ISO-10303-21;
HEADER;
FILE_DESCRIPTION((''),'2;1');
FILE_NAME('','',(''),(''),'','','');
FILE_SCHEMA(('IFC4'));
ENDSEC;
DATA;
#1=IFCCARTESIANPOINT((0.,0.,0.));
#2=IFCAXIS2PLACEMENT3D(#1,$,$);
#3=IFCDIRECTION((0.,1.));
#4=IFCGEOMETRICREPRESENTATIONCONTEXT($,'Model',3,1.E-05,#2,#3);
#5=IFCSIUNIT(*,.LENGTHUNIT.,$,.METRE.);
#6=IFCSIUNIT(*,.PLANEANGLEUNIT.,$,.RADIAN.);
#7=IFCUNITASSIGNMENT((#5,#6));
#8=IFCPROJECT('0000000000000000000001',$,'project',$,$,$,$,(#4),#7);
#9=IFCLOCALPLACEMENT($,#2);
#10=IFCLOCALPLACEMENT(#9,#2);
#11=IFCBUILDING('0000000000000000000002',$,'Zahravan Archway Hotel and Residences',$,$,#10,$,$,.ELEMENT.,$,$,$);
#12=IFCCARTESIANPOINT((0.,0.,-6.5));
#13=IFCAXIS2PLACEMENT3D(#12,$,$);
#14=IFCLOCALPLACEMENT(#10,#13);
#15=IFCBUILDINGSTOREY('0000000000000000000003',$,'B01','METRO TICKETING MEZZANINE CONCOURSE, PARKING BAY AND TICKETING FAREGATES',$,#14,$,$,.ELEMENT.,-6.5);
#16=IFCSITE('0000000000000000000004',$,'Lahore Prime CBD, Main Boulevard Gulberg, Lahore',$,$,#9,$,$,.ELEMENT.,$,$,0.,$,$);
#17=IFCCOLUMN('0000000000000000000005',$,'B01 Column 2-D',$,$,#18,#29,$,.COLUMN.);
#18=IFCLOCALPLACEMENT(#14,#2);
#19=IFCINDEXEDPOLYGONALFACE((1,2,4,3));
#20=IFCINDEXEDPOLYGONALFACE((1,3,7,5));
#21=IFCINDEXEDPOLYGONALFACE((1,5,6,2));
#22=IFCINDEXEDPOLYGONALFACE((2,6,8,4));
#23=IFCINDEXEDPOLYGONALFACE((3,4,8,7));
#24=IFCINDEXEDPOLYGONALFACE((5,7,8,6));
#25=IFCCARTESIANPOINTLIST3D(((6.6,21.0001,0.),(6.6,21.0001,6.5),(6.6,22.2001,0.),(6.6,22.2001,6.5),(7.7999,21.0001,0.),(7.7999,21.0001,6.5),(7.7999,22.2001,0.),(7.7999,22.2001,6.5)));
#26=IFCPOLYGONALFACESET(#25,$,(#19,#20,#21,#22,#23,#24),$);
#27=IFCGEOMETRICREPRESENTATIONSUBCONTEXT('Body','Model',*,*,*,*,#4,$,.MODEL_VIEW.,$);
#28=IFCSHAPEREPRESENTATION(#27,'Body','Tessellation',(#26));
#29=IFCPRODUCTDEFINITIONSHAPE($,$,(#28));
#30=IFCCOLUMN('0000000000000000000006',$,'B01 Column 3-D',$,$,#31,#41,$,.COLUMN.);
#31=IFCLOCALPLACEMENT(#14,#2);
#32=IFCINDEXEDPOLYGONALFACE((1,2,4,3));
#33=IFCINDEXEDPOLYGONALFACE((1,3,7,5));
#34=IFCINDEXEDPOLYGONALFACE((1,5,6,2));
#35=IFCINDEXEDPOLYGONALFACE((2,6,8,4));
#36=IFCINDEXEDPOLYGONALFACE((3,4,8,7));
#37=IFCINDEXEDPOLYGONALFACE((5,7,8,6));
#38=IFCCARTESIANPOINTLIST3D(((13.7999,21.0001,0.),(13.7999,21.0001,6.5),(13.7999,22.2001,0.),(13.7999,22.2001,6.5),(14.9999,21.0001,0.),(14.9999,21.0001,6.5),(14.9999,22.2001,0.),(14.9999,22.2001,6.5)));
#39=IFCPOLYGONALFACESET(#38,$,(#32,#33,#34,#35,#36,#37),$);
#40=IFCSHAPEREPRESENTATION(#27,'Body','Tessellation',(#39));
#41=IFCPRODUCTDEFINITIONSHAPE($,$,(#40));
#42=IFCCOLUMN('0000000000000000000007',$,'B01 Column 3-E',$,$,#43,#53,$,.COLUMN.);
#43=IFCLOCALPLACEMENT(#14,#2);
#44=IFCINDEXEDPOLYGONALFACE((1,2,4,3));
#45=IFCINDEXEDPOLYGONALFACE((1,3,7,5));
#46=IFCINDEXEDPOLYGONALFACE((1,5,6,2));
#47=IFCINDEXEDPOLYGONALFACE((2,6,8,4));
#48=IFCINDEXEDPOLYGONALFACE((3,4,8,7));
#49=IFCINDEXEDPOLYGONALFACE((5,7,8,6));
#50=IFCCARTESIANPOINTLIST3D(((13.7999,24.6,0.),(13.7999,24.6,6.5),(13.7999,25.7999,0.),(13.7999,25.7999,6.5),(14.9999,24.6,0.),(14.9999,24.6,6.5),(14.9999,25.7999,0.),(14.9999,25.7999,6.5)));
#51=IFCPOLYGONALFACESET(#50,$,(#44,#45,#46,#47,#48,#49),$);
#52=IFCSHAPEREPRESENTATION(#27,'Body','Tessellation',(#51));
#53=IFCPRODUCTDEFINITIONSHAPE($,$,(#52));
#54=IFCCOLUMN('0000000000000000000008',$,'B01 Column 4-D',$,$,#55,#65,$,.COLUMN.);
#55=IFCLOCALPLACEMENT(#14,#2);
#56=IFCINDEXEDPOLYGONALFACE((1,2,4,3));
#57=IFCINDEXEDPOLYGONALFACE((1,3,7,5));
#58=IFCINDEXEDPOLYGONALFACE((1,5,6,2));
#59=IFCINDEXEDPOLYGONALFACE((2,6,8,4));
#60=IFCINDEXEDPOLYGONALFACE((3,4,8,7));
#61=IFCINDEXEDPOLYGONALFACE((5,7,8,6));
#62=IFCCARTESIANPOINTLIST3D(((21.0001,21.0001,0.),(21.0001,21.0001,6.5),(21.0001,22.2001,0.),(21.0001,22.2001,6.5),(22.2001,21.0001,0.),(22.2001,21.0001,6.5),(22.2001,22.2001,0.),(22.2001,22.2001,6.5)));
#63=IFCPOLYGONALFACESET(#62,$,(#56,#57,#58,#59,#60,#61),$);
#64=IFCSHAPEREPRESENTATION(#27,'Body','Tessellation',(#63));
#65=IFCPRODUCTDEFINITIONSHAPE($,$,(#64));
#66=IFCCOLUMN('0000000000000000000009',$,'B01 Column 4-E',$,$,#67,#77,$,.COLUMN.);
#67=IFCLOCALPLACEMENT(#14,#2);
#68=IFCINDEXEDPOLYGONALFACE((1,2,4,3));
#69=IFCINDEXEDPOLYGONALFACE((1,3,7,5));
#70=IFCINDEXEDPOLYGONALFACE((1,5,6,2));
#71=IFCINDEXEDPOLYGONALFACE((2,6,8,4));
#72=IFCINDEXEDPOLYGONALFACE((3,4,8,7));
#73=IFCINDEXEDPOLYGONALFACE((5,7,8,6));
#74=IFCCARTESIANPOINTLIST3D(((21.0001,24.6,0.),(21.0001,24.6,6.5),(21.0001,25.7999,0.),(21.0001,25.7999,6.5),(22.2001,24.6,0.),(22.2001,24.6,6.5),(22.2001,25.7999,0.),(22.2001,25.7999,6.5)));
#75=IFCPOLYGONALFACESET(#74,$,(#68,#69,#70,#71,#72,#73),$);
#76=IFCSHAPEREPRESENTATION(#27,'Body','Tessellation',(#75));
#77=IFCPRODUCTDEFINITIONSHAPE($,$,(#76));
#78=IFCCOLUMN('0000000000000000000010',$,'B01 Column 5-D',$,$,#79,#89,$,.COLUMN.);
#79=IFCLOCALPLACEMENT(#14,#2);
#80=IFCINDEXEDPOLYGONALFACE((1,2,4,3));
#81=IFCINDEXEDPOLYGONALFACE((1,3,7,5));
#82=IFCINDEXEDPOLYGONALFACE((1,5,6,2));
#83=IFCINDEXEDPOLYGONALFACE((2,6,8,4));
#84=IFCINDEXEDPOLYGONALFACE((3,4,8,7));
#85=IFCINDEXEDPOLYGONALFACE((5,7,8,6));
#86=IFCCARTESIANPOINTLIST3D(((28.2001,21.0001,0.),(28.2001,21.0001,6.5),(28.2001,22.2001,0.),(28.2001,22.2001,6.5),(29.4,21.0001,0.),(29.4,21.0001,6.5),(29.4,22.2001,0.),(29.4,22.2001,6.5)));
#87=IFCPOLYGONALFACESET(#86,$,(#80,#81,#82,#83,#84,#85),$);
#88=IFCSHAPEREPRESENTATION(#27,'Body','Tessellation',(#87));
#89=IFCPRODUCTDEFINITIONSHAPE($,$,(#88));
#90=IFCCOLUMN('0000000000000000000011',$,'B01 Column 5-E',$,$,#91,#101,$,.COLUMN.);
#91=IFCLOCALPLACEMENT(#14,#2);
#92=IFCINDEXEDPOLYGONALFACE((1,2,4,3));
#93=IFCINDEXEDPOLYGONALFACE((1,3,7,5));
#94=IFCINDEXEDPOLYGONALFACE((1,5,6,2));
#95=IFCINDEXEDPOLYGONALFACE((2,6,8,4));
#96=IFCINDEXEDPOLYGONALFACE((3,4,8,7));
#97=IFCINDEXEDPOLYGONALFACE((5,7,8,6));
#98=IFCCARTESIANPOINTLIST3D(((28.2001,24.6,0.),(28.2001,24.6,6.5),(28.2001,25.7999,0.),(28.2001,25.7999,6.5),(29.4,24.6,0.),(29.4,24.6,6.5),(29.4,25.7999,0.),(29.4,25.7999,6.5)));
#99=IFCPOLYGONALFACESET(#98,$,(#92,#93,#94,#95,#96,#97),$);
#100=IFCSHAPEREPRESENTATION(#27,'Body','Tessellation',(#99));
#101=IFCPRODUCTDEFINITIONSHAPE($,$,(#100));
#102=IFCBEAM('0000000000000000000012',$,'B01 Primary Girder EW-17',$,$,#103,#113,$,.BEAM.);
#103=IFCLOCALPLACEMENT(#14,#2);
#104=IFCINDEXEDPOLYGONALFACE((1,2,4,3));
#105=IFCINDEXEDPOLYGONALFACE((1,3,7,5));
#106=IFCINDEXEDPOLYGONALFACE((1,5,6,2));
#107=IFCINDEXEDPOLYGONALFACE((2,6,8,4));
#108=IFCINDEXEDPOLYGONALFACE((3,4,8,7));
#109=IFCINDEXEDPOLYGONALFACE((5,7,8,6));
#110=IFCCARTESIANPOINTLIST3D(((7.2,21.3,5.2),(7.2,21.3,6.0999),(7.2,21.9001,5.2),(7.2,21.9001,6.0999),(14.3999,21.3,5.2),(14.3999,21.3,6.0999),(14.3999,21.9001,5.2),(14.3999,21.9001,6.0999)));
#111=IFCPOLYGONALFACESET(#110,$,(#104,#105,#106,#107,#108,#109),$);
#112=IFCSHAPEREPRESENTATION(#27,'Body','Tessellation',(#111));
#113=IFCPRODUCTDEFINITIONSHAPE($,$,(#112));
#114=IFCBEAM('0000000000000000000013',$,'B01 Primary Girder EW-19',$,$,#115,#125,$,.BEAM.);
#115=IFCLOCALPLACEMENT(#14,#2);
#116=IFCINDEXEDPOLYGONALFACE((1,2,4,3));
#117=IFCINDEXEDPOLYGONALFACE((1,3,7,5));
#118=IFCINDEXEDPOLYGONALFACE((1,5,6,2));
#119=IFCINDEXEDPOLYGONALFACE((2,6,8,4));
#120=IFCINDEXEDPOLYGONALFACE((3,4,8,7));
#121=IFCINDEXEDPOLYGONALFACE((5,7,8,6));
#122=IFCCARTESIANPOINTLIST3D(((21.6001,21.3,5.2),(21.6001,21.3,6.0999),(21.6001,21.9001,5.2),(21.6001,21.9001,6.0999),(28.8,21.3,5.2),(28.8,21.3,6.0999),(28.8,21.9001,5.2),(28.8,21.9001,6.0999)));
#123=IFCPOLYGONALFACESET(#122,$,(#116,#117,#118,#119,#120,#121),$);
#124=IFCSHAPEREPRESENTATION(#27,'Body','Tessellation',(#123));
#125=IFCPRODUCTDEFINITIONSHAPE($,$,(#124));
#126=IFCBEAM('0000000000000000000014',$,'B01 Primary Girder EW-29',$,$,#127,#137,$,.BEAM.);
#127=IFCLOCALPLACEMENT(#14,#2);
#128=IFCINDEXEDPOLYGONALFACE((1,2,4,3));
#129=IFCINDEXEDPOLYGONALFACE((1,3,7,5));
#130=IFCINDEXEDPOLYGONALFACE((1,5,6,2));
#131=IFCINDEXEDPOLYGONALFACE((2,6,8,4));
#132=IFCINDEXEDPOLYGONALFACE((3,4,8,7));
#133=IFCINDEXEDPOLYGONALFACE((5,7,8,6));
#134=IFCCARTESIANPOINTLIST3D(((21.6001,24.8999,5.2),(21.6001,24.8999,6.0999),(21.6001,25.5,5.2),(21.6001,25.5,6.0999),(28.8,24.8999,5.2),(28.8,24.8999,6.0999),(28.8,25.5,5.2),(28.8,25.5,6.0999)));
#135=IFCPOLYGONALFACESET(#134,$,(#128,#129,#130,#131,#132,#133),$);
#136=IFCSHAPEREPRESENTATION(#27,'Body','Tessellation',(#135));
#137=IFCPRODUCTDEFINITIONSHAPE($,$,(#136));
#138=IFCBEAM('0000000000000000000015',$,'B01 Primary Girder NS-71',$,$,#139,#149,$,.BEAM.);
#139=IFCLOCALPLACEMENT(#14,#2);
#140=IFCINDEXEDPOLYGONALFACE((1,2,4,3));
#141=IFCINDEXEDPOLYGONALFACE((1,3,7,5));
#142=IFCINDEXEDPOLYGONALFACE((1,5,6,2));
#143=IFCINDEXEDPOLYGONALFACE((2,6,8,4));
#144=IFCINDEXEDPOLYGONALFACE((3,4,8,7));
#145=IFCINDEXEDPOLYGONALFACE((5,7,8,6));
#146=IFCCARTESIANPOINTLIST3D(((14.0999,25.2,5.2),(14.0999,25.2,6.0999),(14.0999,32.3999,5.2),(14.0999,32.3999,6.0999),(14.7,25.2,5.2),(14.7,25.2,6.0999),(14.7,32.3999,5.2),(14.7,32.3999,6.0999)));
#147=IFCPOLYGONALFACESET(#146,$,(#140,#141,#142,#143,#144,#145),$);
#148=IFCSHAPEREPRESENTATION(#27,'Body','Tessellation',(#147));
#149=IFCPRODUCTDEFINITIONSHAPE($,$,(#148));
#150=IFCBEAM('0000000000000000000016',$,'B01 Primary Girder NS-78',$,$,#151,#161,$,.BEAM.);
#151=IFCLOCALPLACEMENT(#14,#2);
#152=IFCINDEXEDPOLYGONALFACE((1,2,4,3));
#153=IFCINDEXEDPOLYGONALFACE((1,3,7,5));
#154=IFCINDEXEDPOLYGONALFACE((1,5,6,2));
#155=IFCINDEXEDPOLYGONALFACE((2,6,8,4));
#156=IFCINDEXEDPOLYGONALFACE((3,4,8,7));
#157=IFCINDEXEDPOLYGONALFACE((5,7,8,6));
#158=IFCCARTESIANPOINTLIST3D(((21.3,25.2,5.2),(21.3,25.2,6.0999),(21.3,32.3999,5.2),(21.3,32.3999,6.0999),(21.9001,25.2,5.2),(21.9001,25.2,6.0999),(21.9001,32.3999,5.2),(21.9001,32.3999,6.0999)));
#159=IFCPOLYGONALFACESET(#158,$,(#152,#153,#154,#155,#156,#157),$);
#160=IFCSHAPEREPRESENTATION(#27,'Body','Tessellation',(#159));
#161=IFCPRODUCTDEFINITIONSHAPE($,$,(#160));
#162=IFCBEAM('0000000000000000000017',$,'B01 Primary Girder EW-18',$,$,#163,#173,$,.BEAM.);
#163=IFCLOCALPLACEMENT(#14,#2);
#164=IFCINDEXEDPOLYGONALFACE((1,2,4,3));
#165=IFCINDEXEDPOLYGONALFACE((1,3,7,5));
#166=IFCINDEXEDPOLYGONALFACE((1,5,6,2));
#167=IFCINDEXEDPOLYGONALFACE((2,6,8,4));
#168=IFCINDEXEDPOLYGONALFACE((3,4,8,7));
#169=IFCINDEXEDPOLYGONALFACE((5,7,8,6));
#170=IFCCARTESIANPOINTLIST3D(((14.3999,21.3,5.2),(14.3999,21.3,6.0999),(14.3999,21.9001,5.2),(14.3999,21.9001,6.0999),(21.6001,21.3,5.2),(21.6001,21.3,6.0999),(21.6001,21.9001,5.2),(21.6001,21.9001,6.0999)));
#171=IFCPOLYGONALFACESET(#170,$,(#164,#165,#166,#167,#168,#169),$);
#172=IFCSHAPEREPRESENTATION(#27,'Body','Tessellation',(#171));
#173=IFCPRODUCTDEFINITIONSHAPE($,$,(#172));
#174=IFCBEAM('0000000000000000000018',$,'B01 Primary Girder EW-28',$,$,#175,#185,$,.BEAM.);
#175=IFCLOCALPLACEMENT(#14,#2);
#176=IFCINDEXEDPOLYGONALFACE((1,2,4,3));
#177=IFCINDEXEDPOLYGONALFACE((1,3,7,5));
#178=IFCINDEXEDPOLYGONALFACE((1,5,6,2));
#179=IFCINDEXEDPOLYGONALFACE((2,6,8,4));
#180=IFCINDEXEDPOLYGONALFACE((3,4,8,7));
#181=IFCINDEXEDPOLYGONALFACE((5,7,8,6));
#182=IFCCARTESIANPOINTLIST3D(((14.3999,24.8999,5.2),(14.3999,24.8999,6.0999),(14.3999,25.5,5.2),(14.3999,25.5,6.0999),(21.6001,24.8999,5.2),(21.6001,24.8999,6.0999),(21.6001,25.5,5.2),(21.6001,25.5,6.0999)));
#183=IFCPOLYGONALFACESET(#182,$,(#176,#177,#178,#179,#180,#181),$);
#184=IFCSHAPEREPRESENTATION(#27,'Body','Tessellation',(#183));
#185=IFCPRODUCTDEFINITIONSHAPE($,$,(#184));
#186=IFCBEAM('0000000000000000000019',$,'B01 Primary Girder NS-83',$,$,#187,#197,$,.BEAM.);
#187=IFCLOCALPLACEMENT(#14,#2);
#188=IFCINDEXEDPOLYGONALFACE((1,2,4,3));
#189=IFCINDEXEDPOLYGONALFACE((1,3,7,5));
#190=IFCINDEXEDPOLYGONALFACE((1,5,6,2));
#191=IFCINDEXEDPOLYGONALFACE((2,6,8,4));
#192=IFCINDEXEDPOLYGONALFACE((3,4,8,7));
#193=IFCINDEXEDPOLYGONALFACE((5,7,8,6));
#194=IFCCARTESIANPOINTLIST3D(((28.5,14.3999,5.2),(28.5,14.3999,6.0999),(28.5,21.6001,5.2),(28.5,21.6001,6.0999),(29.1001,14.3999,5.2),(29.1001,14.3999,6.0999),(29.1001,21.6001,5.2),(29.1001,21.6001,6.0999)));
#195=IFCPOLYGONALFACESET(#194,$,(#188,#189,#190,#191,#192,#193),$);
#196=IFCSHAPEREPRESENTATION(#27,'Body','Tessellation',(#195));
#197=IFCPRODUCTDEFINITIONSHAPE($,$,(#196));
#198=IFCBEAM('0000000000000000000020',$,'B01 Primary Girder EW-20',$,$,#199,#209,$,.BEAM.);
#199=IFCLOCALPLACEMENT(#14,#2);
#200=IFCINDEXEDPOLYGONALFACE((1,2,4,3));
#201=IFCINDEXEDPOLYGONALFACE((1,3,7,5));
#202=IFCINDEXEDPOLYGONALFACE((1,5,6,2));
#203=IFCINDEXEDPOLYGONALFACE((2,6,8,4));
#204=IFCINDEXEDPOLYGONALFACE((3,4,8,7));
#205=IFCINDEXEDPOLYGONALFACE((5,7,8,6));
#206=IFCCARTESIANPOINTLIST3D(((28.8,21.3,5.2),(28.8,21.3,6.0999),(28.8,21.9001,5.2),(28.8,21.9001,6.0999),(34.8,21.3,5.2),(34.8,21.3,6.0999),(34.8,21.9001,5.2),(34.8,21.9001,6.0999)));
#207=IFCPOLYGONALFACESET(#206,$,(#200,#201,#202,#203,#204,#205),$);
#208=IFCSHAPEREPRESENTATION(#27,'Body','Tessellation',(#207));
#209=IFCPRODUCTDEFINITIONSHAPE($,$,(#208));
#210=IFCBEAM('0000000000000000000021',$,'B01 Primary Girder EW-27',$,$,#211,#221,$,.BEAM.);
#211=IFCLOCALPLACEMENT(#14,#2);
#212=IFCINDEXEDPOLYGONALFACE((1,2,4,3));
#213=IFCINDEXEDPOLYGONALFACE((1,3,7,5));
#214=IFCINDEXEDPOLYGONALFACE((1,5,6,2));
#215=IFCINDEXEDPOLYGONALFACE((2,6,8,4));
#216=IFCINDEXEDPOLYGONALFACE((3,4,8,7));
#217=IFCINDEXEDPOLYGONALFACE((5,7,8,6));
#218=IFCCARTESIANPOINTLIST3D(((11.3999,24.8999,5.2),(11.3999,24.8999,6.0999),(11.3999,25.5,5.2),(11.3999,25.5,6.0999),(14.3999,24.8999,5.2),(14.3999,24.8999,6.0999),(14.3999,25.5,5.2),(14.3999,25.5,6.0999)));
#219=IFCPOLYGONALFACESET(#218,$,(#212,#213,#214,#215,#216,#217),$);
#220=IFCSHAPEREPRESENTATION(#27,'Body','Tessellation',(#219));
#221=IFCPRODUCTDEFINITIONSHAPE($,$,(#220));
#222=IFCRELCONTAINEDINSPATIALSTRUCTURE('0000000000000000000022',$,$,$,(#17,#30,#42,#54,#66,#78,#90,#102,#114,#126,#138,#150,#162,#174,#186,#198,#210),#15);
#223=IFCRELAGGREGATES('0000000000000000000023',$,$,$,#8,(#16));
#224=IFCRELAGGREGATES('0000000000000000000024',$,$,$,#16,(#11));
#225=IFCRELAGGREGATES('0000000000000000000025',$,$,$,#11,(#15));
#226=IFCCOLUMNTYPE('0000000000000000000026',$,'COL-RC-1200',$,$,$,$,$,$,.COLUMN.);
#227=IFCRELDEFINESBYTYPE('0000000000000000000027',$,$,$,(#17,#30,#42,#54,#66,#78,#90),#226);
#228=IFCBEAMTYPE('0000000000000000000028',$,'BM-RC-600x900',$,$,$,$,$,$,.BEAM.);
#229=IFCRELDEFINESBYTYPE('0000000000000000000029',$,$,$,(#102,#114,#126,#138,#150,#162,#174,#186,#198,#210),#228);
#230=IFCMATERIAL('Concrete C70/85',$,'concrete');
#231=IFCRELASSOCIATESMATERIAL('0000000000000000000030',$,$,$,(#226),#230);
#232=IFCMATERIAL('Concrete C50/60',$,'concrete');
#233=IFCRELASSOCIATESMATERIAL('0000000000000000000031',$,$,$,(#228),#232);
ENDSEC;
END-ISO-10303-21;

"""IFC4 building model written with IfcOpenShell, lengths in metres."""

from ifc_helpers import new_model, si_unit, direction, frame, origin, origin_2d, place, context, subcontext, project, spatial, rectangle, extrude, source, transform, mapped, material, material_profile, profile_set, type_object, element, save


model = new_model("IFC4")

# Units and contexts
model_context = context("Model", 3, precision=1e-05, world=origin(), true_north=direction((0.0, 1.0)))
body_context = subcontext(model_context, "Body", "Model", "MODEL_VIEW")
ifc_project = project(units=[si_unit("LENGTHUNIT", "METRE"), si_unit("PLANEANGLEUNIT", "RADIAN")], contexts=[model_context])

# Site, building, storey
site_placement = place(None, origin())
site = spatial("IfcSite", under=ifc_project, at=site_placement, Name="Lahore Prime CBD, Main Boulevard Gulberg, Lahore", CompositionType="ELEMENT", RefElevation=0.0)
building_placement = place(site_placement, origin())
building = spatial("IfcBuilding", under=site, at=building_placement, Name="Zahravan Archway Hotel and Residences", CompositionType="ELEMENT")
storey_placement = place(building_placement, frame((0.0, 0.0, -6.5)))
storey = spatial("IfcBuildingStorey", under=building, at=storey_placement, Name="B01", Description="METRO TICKETING MEZZANINE CONCOURSE, PARKING BAY AND TICKETING FAREGATES", CompositionType="ELEMENT", Elevation=-6.5)

# Columns
ifc_material_1 = material(Name="Concrete C70/85", Category="concrete")
ifc_material_profile_1 = material_profile(ifc_material_1, rectangle(XDim=1.2, YDim=1.2, at=origin_2d()), Name="RC-COL-1200x1200", Category="concrete")
ifc_profile_set_1 = profile_set([ifc_material_profile_1], Name="Concrete C70/85")
column_type = type_object("IfcColumnType", Name="COL-RC-1200", PredefinedType="COLUMN", material=ifc_profile_set_1)
shared_shape_1 = source(origin(), body_context, "Body", "SweptSolid", [
    extrude(rectangle(XDim=1.2, YDim=1.2, at=origin_2d()), origin(), (0.0, 0.0, 1.0), 6.5),
])
for number, where, z_axis, x_axis, name in (
    (1, (7.2, 21.6001, 0.0), (0.0, 0.0, 1.0), (1.0, 0.0, 0.0), "B01 Column 2-D"),
    (2, (14.3999, 21.6001, 0.0), (0.0, 0.0, 1.0), (1.0, 0.0, 0.0), "B01 Column 3-D"),
    (3, (14.3999, 25.2, 0.0), (0.0, 0.0, 1.0), (1.0, 0.0, 0.0), "B01 Column 3-E"),
    (4, (21.6001, 21.6001, 0.0), (0.0, 0.0, 1.0), (1.0, 0.0, 0.0), "B01 Column 4-D"),
    (5, (21.6001, 25.2, 0.0), (0.0, 0.0, 1.0), (1.0, 0.0, 0.0), "B01 Column 4-E"),
    (6, (28.8, 21.6001, 0.0), (0.0, 0.0, 1.0), (1.0, 0.0, 0.0), "B01 Column 5-D"),
    (7, (28.8, 25.2, 0.0), (0.0, 0.0, 1.0), (1.0, 0.0, 0.0), "B01 Column 5-E"),
):
    element("IfcColumn", number, at=place(storey_placement, frame(where, z_axis=z_axis, x_axis=x_axis)), inside=storey, type_object=column_type, Name=name, PredefinedType="COLUMN", context=body_context, shape_type="MappedRepresentation", body=[
        mapped(shared_shape_1, transform((0.0, 0.0, 0.0), scale=1.0)),
    ])

# Beams
ifc_material_2 = material(Name="Concrete C50/60", Category="concrete")
ifc_material_profile_2 = material_profile(ifc_material_2, rectangle(XDim=0.6001, YDim=0.8999, at=origin_2d()), Name="RC-BM-600x900", Category="concrete")
ifc_profile_set_2 = profile_set([ifc_material_profile_2], Name="Concrete C50/60")
beam_type_1 = type_object("IfcBeamType", Name="BM-RC-600x900", PredefinedType="BEAM", material=ifc_profile_set_2)
shared_shape_2 = source(origin(), body_context, "Body", "SweptSolid", [
    extrude(rectangle(XDim=0.6001, YDim=0.8999, at=origin_2d()), origin(), (0.0, 0.0, 1.0), 7.2),
])
for number, where, z_axis, x_axis, name in (
    (8, (7.2, 21.6001, 5.6499), (1.0, 0.0, 0.0), (0.0, 1.0, 0.0), "B01 Primary Girder EW-17"),
    (9, (21.6001, 21.6001, 5.6499), (1.0, 0.0, 0.0), (0.0, 1.0, 0.0), "B01 Primary Girder EW-19"),
    (10, (21.6001, 25.2, 5.6499), (1.0, 0.0, 0.0), (0.0, 1.0, 0.0), "B01 Primary Girder EW-29"),
    (11, (14.3999, 25.2, 5.6499), (0.0, 1.0, 0.0), (-1.0, 0.0, 0.0), "B01 Primary Girder NS-71"),
    (12, (21.6001, 25.2, 5.6499), (0.0, 1.0, 0.0), (-1.0, 0.0, 0.0), "B01 Primary Girder NS-78"),
):
    element("IfcBeam", number, at=place(storey_placement, frame(where, z_axis=z_axis, x_axis=x_axis)), inside=storey, type_object=beam_type_1, Name=name, PredefinedType="BEAM", context=body_context, shape_type="MappedRepresentation", body=[
        mapped(shared_shape_2, transform((0.0, 0.0, 0.0), scale=1.0)),
    ])
shared_shape_3 = source(origin(), body_context, "Body", "SweptSolid", [
    extrude(rectangle(XDim=0.6001, YDim=0.8999, at=origin_2d()), origin(), (0.0, 0.0, 1.0), 7.2002),
])
for number, where, z_axis, x_axis, name in (
    (13, (14.3999, 21.6001, 5.6499), (1.0, 0.0, 0.0), (0.0, 1.0, 0.0), "B01 Primary Girder EW-18"),
    (14, (14.3999, 25.2, 5.6499), (1.0, 0.0, 0.0), (0.0, 1.0, 0.0), "B01 Primary Girder EW-28"),
    (15, (28.8, 14.3999, 5.6499), (0.0, 1.0, 0.0), (-1.0, 0.0, 0.0), "B01 Primary Girder NS-83"),
):
    element("IfcBeam", number, at=place(storey_placement, frame(where, z_axis=z_axis, x_axis=x_axis)), inside=storey, type_object=beam_type_1, Name=name, PredefinedType="BEAM", context=body_context, shape_type="MappedRepresentation", body=[
        mapped(shared_shape_3, transform((0.0, 0.0, 0.0), scale=1.0)),
    ])
shared_shape_4 = source(origin(), body_context, "Body", "SweptSolid", [
    extrude(rectangle(XDim=0.6001, YDim=0.8999, at=origin_2d()), origin(), (0.0, 0.0, 1.0), 6.0),
])
beam_1_placement = place(storey_placement, frame((28.8, 21.6001, 5.6499), z_axis=(1.0, 0.0, 0.0), x_axis=(0.0, 1.0, 0.0)))
element("IfcBeam", 16, at=beam_1_placement, inside=storey, type_object=beam_type_1, Name="B01 Primary Girder EW-20", PredefinedType="BEAM", context=body_context, shape_type="MappedRepresentation", body=[
    mapped(shared_shape_4, transform((0.0, 0.0, 0.0), scale=1.0)),
])
shared_shape_5 = source(origin(), body_context, "Body", "SweptSolid", [
    extrude(rectangle(XDim=0.6001, YDim=0.8999, at=origin_2d()), origin(), (0.0, 0.0, 1.0), 3.0),
])
beam_2_placement = place(storey_placement, frame((11.3999, 25.2, 5.6499), z_axis=(1.0, 0.0, 0.0), x_axis=(0.0, 1.0, 0.0)))
element("IfcBeam", 17, at=beam_2_placement, inside=storey, type_object=beam_type_1, Name="B01 Primary Girder EW-27", PredefinedType="BEAM", context=body_context, shape_type="MappedRepresentation", body=[
    mapped(shared_shape_5, transform((0.0, 0.0, 0.0), scale=1.0)),
])

save(model, "model.ifc")
